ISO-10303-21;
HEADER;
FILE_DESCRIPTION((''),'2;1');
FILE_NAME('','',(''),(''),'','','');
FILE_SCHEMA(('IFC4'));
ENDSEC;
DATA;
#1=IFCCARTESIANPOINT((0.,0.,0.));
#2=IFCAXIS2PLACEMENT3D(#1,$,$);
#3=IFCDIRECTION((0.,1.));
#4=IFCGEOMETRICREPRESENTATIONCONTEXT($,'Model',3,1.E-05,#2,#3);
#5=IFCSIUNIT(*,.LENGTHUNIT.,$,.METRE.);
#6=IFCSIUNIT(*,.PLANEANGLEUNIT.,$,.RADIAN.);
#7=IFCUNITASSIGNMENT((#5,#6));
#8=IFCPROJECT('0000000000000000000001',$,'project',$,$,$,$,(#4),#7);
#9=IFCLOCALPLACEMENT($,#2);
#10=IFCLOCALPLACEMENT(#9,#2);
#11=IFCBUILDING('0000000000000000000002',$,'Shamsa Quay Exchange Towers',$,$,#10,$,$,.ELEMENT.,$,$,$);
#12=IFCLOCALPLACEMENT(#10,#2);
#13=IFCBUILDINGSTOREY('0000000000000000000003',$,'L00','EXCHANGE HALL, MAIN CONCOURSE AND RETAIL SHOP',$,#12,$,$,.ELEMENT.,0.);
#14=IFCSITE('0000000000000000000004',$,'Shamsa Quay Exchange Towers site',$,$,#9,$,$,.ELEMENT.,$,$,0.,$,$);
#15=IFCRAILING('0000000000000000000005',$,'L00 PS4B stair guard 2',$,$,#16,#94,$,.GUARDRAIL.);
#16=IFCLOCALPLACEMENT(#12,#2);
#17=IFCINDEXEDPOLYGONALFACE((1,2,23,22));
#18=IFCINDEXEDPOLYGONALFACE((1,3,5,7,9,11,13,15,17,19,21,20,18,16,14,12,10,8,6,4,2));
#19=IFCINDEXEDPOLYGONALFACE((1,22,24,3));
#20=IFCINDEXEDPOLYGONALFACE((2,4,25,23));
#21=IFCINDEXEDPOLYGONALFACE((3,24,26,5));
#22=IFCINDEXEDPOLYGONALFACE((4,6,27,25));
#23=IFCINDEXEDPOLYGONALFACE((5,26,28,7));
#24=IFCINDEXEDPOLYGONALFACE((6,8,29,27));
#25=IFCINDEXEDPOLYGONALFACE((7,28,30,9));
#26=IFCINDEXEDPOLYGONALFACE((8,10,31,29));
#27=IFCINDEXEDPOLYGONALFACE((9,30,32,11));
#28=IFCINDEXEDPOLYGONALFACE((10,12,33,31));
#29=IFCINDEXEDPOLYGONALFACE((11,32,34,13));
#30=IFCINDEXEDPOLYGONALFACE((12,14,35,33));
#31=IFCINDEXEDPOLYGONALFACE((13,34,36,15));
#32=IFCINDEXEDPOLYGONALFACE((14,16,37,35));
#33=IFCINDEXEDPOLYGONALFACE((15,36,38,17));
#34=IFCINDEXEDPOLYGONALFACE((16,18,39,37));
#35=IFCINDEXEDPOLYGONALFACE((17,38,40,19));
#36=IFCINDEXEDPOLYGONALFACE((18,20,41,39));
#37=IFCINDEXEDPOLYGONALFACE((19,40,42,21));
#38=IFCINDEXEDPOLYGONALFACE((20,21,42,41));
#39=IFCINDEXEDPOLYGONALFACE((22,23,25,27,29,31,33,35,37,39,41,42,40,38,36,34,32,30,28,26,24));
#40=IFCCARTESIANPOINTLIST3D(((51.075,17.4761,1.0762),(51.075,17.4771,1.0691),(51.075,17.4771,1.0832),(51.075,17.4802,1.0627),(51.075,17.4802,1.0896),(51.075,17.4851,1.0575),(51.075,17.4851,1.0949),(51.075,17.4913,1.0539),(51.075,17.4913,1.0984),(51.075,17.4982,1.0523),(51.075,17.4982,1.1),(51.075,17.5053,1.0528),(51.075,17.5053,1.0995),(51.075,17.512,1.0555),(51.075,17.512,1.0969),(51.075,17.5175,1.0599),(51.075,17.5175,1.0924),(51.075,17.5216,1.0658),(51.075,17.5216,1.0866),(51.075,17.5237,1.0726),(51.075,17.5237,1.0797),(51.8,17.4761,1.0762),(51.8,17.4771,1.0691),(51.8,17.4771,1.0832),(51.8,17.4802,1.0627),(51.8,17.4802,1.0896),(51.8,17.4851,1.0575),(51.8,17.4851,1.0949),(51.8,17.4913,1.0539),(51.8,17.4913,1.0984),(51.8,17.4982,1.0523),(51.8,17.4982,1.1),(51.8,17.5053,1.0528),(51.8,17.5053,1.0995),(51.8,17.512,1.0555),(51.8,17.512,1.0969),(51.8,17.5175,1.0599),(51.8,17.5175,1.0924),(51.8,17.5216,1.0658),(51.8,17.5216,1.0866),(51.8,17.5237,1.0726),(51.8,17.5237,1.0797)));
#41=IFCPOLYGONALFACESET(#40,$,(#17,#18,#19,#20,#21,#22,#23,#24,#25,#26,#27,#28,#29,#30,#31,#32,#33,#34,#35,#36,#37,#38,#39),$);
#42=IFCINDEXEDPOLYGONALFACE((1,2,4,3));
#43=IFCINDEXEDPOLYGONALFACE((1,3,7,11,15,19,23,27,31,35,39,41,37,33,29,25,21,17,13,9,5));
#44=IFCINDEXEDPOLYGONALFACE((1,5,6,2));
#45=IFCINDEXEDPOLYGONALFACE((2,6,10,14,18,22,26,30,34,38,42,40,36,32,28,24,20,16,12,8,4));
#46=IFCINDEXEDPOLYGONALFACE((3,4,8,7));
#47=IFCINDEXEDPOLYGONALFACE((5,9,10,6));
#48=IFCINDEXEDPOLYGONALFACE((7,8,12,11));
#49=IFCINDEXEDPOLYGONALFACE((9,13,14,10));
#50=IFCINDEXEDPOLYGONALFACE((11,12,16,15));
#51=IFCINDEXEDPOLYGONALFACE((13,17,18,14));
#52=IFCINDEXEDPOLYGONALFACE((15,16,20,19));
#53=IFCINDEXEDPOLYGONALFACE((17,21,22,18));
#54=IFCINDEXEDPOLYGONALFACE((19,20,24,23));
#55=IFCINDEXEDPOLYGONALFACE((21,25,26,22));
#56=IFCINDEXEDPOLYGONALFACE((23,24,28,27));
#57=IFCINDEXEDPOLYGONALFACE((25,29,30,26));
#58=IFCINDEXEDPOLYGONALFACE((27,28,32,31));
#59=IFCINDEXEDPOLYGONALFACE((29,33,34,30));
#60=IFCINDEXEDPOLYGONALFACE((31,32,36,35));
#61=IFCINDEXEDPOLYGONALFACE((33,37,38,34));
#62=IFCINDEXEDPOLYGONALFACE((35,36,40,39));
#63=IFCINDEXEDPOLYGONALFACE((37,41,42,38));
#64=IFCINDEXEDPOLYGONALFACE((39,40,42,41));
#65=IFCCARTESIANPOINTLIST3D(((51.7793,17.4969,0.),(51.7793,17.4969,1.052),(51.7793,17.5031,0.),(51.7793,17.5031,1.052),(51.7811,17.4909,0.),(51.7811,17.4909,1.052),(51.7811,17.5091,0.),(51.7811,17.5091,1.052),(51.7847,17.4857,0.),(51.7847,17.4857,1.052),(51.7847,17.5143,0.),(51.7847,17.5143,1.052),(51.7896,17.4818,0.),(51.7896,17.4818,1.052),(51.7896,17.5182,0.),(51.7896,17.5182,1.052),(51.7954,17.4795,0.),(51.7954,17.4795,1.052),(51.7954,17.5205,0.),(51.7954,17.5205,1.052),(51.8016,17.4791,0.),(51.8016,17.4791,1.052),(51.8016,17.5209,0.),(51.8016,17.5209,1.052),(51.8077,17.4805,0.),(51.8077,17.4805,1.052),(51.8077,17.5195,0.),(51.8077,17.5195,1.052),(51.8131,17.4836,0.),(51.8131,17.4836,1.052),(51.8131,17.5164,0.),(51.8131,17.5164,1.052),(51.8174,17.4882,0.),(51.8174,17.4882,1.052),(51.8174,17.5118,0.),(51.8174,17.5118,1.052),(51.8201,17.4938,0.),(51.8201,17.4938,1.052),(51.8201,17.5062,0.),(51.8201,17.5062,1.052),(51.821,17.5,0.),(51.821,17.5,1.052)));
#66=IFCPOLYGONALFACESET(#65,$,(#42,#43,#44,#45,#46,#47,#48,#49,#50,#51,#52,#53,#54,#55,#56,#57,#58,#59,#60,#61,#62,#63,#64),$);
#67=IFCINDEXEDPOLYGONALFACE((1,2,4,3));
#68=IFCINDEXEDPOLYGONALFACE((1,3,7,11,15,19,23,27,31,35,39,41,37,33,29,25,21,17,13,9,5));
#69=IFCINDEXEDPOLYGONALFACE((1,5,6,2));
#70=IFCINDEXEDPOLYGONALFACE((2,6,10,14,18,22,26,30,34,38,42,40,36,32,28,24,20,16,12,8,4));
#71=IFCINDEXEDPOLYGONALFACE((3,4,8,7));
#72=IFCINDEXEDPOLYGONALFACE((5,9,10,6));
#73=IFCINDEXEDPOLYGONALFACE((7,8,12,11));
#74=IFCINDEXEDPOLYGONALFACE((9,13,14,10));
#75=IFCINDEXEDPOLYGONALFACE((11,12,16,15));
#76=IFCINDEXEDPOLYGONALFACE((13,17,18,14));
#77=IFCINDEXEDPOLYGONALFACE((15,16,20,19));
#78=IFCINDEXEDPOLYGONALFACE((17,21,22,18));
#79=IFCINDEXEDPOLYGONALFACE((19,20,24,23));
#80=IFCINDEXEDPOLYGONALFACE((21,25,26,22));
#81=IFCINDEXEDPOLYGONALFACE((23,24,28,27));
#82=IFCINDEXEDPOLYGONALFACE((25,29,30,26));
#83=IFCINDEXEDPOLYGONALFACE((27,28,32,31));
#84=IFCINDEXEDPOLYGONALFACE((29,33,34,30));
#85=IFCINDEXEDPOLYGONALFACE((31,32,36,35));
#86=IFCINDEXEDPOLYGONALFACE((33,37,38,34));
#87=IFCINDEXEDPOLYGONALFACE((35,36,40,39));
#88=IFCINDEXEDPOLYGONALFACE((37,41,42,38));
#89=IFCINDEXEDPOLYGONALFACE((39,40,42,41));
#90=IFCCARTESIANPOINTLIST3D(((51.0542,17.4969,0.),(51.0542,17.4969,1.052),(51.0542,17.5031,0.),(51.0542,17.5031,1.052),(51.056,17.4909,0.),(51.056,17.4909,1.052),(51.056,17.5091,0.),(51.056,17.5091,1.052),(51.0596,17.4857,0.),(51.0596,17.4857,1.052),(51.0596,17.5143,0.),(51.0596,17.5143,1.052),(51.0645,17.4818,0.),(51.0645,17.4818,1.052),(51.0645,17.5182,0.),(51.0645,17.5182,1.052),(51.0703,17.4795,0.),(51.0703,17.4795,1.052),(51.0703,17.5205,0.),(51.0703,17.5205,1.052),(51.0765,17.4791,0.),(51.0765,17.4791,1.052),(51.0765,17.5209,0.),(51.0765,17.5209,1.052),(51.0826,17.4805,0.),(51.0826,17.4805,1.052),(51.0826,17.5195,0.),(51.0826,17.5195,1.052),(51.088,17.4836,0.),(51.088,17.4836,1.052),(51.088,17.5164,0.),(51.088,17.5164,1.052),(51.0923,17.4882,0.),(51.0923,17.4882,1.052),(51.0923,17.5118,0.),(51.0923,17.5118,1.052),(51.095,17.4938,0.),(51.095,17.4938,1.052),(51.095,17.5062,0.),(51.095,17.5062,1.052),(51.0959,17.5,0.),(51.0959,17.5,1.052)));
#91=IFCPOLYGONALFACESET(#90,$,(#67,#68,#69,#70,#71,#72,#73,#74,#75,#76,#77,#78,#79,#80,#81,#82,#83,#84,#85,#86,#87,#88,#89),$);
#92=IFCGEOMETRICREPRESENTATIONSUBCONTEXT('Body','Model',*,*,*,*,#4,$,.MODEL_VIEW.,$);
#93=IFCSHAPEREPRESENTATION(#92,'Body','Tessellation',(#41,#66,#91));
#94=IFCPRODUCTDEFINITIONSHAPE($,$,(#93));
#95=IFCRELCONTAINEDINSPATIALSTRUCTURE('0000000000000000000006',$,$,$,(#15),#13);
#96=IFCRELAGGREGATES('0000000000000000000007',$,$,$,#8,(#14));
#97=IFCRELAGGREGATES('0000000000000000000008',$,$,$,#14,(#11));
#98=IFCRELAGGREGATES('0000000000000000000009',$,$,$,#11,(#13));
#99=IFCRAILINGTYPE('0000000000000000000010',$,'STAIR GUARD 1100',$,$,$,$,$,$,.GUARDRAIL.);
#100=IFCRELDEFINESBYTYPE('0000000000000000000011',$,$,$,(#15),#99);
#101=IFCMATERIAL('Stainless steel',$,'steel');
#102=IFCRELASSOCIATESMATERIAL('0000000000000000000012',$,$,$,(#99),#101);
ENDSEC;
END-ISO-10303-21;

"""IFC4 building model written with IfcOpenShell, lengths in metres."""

from ifc_helpers import new_model, si_unit, direction, frame, origin, origin_2d, place, context, subcontext, project, spatial, circle, extrude, material, type_object, element, save


model = new_model("IFC4")

# Units and contexts
model_context = context("Model", 3, precision=1e-05, world=origin(), true_north=direction((0.0, 1.0)))
body_context = subcontext(model_context, "Body", "Model", "MODEL_VIEW")
ifc_project = project(units=[si_unit("LENGTHUNIT", "METRE"), si_unit("PLANEANGLEUNIT", "RADIAN")], contexts=[model_context])

# Site, building, storey
site_placement = place(None, origin())
site = spatial("IfcSite", under=ifc_project, at=site_placement, Name="Shamsa Quay Exchange Towers site", CompositionType="ELEMENT", RefElevation=0.0)
building_placement = place(site_placement, origin())
building = spatial("IfcBuilding", under=site, at=building_placement, Name="Shamsa Quay Exchange Towers", CompositionType="ELEMENT")
storey_placement = place(building_placement, origin())
storey = spatial("IfcBuildingStorey", under=building, at=storey_placement, Name="L00", Description="EXCHANGE HALL, MAIN CONCOURSE AND RETAIL SHOP", CompositionType="ELEMENT", Elevation=0.0)

# Railing
ifc_material_1 = material(Name="Stainless steel", Category="steel")
railing_type_1 = type_object("IfcRailingType", Name="STAIR GUARD 1100", PredefinedType="GUARDRAIL", material=ifc_material_1)
railing_1_placement = place(storey_placement, frame((51.8, 17.5, 0.0)))
element("IfcRailing", 1, at=railing_1_placement, inside=storey, type_object=railing_type_1, Name="L00 PS4B stair guard 2", PredefinedType="GUARDRAIL", context=body_context, shape_type="SweptSolid", body=[
    extrude(circle(Radius=0.0239, at=origin_2d()), frame((0.0, 0.0, 1.0762), z_axis=(-1.0, 0.0, 0.0), x_axis=(0.0, -1.0, 0.0)), (0.0, 0.0, 1.0), 0.7251),
    extrude(circle(Radius=0.021, at=origin_2d()), origin(), (0.0, 0.0, 1.0), 1.052),
    extrude(circle(Radius=0.021, at=origin_2d()), frame((-0.7251, 0.0, 0.0)), (0.0, 0.0, 1.0), 1.052),
])

save(model, "model.ifc")
